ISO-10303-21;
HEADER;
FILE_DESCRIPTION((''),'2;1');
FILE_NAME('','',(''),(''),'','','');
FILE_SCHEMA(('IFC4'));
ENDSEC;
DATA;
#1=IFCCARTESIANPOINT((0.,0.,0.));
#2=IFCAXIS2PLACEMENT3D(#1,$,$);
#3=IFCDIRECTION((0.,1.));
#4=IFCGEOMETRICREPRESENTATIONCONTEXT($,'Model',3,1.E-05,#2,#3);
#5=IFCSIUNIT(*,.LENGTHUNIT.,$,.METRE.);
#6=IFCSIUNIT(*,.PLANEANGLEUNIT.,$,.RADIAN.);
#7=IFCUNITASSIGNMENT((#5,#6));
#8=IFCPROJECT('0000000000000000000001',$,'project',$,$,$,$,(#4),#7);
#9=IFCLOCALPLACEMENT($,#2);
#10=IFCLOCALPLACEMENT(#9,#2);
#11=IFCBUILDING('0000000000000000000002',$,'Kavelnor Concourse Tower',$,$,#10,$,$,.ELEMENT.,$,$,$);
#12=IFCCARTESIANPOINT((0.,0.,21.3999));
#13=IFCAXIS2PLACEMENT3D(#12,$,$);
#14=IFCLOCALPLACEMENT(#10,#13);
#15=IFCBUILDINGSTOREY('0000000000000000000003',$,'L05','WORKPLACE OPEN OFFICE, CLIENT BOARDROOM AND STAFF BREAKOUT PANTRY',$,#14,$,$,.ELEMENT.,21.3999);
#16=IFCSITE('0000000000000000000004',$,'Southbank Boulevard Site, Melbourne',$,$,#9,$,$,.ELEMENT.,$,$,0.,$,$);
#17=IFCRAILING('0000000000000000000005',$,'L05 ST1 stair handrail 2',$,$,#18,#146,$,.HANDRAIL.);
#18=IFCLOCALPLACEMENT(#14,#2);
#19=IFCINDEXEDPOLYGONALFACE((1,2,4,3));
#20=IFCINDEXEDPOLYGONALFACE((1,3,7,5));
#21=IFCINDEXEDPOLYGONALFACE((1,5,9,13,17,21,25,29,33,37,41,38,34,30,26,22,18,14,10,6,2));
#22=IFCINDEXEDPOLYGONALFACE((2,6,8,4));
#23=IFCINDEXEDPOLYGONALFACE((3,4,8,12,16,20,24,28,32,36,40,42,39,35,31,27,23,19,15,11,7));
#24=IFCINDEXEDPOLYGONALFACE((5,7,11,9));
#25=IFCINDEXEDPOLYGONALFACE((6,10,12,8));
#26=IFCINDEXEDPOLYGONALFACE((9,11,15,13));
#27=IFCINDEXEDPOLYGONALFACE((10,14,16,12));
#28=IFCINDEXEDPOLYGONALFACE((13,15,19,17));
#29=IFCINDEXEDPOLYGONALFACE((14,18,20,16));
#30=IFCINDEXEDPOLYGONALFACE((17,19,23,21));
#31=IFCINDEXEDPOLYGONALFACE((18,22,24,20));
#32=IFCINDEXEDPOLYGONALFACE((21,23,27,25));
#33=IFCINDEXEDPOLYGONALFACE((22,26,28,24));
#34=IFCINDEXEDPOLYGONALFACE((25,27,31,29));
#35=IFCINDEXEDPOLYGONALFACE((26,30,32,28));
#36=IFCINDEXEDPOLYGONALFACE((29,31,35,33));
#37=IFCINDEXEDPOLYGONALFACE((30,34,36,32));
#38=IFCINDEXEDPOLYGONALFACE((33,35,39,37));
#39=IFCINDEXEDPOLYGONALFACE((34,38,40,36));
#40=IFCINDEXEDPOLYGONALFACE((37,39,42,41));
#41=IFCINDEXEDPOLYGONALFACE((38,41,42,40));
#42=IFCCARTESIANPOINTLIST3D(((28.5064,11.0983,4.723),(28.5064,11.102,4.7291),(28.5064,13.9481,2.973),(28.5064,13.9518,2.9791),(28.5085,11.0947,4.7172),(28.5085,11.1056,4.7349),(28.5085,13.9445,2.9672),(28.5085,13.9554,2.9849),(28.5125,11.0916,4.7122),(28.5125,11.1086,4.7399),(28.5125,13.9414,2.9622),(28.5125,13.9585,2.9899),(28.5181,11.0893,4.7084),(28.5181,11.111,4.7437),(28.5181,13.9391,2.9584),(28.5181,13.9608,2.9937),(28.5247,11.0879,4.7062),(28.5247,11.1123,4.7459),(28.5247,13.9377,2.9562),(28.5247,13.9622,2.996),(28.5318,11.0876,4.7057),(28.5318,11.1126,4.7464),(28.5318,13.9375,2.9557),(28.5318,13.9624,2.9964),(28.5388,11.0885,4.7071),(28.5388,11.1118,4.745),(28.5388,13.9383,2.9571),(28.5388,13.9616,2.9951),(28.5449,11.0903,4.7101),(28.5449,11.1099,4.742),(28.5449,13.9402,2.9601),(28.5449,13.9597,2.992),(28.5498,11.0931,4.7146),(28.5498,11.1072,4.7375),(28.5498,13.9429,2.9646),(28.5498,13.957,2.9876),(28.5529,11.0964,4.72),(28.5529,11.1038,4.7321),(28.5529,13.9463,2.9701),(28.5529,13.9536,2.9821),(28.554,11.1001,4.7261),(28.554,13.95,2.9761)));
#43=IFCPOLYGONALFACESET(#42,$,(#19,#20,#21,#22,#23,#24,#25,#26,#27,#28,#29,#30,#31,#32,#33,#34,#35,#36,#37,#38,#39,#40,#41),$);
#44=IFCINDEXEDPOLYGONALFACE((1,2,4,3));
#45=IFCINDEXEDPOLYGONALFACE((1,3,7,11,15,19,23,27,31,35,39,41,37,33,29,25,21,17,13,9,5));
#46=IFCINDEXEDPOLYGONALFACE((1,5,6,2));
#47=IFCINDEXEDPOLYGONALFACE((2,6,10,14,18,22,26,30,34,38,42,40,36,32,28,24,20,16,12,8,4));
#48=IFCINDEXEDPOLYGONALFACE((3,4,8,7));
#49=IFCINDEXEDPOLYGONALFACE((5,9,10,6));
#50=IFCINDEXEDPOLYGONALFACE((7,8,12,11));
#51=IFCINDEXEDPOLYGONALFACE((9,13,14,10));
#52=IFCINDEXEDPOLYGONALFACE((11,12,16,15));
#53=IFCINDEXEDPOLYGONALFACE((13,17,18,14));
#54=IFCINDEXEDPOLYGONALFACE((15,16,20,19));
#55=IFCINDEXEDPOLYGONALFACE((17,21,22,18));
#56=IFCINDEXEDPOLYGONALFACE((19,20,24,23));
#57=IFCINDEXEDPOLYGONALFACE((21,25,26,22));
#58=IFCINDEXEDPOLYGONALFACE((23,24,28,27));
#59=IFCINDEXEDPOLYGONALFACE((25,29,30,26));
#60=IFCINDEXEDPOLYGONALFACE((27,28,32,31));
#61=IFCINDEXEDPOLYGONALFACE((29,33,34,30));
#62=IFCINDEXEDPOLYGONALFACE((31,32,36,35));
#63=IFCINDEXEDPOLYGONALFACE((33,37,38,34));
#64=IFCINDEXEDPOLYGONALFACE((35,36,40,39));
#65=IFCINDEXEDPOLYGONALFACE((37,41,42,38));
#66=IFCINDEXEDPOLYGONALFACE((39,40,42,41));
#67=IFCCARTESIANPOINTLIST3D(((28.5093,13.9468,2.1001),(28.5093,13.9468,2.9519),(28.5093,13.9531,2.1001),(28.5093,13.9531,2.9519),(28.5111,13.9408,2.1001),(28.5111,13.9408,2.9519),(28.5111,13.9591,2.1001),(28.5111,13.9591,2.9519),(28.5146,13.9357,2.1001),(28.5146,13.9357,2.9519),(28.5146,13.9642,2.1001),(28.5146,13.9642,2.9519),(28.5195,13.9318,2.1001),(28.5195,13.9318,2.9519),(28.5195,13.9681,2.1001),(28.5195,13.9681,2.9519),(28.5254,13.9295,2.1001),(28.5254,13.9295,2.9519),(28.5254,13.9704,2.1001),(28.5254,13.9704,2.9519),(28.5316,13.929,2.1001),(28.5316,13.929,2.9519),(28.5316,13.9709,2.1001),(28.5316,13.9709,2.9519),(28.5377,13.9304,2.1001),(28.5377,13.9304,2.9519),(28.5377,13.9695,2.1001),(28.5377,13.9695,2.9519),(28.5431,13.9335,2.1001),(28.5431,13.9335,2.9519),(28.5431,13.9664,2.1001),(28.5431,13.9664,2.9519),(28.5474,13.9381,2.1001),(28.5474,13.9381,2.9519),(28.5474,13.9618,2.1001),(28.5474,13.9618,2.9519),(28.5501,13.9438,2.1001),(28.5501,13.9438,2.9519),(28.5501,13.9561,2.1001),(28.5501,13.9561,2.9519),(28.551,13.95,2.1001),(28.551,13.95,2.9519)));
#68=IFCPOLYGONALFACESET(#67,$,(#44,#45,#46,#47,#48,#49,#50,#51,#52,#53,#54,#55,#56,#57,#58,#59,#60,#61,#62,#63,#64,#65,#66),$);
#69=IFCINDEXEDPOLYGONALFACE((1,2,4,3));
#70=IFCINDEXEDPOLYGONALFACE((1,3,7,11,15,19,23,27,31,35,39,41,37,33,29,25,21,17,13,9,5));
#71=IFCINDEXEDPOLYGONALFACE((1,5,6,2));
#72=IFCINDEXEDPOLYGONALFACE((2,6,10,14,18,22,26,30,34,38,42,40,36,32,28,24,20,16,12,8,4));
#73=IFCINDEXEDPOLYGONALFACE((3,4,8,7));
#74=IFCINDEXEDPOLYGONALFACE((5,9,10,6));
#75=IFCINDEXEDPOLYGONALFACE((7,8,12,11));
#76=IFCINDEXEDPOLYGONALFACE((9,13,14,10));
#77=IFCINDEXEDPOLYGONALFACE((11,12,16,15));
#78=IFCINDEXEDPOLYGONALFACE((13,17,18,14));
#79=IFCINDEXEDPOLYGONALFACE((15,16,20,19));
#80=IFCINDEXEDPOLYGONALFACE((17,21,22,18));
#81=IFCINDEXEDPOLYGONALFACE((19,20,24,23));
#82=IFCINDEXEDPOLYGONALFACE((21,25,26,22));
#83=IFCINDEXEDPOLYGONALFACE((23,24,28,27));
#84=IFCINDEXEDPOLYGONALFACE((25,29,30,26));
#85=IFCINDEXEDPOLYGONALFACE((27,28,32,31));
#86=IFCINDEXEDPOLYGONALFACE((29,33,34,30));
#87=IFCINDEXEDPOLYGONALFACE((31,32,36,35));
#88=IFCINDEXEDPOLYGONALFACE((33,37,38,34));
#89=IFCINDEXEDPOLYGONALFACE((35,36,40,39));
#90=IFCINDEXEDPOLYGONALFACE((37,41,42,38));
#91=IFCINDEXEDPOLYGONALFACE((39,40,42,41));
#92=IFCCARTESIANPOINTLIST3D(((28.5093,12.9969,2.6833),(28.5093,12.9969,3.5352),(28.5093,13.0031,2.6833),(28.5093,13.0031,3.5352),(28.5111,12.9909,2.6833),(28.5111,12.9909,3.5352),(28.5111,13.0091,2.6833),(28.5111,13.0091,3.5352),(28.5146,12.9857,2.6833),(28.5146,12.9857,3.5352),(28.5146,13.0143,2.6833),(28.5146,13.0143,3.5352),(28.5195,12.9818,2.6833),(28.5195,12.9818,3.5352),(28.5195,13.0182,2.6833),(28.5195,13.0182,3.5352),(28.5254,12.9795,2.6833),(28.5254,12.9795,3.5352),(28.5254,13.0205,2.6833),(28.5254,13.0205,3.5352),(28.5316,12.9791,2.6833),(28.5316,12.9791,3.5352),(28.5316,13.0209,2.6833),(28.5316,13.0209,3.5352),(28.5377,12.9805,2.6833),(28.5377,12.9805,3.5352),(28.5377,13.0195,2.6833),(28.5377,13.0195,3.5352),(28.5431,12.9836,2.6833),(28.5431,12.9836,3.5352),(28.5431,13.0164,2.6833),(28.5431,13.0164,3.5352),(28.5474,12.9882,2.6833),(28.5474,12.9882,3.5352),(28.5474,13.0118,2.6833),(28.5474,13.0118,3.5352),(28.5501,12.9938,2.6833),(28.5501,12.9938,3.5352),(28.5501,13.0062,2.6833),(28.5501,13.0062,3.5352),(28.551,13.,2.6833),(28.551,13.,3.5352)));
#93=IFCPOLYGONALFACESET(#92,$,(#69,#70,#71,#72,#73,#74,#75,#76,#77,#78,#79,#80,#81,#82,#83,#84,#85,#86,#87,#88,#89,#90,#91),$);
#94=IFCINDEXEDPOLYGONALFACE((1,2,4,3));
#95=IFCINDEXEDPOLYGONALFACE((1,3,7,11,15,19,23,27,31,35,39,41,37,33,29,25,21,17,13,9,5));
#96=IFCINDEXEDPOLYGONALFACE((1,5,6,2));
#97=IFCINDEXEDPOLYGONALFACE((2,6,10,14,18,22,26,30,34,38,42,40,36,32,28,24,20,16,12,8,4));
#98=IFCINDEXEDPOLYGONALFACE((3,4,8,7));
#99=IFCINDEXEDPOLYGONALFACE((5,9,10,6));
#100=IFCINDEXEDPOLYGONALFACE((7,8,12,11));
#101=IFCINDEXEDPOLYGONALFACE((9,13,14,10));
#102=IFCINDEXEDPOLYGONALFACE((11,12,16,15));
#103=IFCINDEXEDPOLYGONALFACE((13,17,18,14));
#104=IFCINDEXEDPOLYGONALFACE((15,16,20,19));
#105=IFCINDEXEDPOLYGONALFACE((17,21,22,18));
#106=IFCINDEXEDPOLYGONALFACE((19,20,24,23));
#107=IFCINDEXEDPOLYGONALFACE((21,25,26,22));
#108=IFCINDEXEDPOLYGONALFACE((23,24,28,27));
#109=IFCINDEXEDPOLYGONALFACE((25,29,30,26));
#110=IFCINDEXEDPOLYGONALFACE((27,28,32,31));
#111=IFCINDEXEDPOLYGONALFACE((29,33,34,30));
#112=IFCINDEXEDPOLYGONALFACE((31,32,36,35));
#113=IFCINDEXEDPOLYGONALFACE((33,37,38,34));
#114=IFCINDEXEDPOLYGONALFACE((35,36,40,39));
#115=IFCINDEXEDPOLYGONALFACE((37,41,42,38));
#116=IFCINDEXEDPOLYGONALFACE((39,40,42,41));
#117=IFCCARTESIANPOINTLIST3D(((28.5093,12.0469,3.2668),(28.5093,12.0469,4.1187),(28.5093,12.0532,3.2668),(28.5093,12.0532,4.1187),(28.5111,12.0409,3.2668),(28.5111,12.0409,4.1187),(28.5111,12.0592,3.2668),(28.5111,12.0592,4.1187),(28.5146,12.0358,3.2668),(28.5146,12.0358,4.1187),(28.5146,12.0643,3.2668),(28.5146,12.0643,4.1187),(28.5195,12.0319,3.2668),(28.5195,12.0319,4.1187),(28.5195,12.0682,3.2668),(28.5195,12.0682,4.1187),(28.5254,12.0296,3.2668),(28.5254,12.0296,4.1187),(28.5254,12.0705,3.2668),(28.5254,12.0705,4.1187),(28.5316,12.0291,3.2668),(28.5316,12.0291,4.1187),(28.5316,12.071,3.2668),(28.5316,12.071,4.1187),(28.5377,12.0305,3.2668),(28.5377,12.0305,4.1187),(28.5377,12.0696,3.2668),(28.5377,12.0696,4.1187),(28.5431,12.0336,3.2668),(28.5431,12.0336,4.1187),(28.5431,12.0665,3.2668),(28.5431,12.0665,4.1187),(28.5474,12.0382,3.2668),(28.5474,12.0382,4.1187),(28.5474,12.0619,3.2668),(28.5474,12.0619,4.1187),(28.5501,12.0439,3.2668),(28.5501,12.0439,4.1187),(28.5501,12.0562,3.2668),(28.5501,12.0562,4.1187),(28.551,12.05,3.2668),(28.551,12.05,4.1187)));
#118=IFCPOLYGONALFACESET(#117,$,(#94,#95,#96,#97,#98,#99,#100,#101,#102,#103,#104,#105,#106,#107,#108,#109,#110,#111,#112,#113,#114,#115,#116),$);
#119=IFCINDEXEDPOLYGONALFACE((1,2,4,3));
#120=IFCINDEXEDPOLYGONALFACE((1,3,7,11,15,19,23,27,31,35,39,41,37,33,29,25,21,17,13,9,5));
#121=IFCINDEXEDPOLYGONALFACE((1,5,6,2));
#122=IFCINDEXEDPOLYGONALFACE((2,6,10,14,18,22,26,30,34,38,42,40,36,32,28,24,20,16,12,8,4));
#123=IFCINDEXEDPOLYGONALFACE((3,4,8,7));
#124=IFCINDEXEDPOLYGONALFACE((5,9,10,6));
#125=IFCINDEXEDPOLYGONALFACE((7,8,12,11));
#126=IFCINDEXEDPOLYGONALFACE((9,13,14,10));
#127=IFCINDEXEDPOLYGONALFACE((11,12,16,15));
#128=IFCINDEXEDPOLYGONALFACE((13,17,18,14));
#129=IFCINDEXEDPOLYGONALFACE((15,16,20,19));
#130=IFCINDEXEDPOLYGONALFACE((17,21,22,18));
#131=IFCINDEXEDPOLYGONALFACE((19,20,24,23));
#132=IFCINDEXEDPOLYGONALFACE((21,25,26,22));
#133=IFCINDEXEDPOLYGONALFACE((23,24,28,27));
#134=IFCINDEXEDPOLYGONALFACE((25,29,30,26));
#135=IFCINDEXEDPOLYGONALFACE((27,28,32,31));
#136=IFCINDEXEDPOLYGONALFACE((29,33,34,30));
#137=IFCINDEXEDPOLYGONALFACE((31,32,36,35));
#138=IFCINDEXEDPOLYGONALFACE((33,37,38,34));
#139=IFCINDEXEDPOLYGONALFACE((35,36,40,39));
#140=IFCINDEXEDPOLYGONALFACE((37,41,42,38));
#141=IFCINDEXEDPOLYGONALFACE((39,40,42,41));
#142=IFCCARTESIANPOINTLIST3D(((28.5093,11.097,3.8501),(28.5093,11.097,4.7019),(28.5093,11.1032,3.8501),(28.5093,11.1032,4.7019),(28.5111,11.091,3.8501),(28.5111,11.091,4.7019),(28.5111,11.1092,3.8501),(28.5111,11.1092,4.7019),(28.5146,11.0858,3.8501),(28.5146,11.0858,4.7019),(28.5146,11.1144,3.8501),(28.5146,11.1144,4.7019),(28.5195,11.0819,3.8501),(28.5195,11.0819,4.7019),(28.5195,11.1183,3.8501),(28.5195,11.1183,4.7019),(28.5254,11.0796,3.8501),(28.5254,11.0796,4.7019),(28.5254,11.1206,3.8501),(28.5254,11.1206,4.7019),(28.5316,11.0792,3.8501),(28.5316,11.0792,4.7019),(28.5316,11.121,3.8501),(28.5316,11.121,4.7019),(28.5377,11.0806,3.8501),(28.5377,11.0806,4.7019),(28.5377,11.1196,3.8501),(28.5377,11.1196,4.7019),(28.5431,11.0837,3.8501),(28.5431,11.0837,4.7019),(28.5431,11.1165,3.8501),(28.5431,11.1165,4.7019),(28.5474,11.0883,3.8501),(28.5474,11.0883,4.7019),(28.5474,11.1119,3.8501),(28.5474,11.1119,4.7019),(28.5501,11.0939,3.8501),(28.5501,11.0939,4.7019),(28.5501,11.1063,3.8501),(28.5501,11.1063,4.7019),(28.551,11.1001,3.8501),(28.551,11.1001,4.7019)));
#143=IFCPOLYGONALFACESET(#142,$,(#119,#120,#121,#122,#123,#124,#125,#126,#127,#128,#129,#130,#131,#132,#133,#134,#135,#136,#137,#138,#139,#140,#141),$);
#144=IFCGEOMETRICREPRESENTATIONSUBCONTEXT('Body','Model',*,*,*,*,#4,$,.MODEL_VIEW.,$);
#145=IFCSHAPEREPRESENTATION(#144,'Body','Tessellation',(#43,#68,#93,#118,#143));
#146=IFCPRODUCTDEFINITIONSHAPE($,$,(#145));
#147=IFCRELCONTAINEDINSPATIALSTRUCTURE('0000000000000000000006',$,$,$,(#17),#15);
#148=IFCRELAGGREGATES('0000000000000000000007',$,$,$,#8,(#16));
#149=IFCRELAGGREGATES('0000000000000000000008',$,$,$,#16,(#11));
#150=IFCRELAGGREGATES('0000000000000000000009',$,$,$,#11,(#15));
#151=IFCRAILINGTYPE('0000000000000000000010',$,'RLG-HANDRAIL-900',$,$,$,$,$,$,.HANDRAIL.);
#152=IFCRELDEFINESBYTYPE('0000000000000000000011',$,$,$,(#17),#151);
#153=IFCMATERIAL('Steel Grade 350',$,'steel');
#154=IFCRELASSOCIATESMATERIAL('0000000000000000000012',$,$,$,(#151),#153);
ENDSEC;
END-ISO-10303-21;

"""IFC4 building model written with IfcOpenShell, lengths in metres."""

from ifc_helpers import new_model, si_unit, direction, frame, origin, origin_2d, place, context, subcontext, project, spatial, circle, extrude, material, type_object, element, save


model = new_model("IFC4")

# Units and contexts
model_context = context("Model", 3, precision=1e-05, world=origin(), true_north=direction((0.0, 1.0)))
body_context = subcontext(model_context, "Body", "Model", "MODEL_VIEW")
ifc_project = project(units=[si_unit("LENGTHUNIT", "METRE"), si_unit("PLANEANGLEUNIT", "RADIAN")], contexts=[model_context])

# Site, building, storey
site_placement = place(None, origin())
site = spatial("IfcSite", under=ifc_project, at=site_placement, Name="Southbank Boulevard Site, Melbourne", CompositionType="ELEMENT", RefElevation=0.0)
building_placement = place(site_placement, origin())
building = spatial("IfcBuilding", under=site, at=building_placement, Name="Kavelnor Concourse Tower", CompositionType="ELEMENT")
storey_placement = place(building_placement, frame((0.0, 0.0, 21.3999)))
storey = spatial("IfcBuildingStorey", under=building, at=storey_placement, Name="L05", Description="WORKPLACE OPEN OFFICE, CLIENT BOARDROOM AND STAFF BREAKOUT PANTRY", CompositionType="ELEMENT", Elevation=21.3999)

# Shared definitions
ifc_material_1 = material(Name="Steel Grade 350", Category="steel")

# Railing
railing_type_1 = type_object("IfcRailingType", Name="RLG-HANDRAIL-900", PredefinedType="HANDRAIL", material=ifc_material_1)
railing_1_placement = place(storey_placement, frame((28.53, 13.95, 2.1001)))
element("IfcRailing", 1, at=railing_1_placement, inside=storey, type_object=railing_type_1, Name="L05 ST1 stair handrail 2", PredefinedType="HANDRAIL", context=body_context, shape_type="SweptSolid", body=[
    extrude(circle(Radius=0.0239, at=origin_2d()), frame((0.0, 0.0, 0.876), z_axis=(0.0, -0.852159, 0.523283), x_axis=(1.0, 0.0, 0.0)), (0.0, 0.0, 1.0), 3.3442),
    extrude(circle(Radius=0.021, at=origin_2d()), origin(), (0.0, 0.0, 1.0), 0.8518),
    extrude(circle(Radius=0.021, at=origin_2d()), frame((0.0, -0.95, 0.5833)), (0.0, 0.0, 1.0), 0.8518),
    extrude(circle(Radius=0.021, at=origin_2d()), frame((0.0, -1.8999, 1.1667)), (0.0, 0.0, 1.0), 0.8518),
    extrude(circle(Radius=0.021, at=origin_2d()), frame((0.0, -2.8499, 1.75)), (0.0, 0.0, 1.0), 0.8518),
])

save(model, "model.ifc")
